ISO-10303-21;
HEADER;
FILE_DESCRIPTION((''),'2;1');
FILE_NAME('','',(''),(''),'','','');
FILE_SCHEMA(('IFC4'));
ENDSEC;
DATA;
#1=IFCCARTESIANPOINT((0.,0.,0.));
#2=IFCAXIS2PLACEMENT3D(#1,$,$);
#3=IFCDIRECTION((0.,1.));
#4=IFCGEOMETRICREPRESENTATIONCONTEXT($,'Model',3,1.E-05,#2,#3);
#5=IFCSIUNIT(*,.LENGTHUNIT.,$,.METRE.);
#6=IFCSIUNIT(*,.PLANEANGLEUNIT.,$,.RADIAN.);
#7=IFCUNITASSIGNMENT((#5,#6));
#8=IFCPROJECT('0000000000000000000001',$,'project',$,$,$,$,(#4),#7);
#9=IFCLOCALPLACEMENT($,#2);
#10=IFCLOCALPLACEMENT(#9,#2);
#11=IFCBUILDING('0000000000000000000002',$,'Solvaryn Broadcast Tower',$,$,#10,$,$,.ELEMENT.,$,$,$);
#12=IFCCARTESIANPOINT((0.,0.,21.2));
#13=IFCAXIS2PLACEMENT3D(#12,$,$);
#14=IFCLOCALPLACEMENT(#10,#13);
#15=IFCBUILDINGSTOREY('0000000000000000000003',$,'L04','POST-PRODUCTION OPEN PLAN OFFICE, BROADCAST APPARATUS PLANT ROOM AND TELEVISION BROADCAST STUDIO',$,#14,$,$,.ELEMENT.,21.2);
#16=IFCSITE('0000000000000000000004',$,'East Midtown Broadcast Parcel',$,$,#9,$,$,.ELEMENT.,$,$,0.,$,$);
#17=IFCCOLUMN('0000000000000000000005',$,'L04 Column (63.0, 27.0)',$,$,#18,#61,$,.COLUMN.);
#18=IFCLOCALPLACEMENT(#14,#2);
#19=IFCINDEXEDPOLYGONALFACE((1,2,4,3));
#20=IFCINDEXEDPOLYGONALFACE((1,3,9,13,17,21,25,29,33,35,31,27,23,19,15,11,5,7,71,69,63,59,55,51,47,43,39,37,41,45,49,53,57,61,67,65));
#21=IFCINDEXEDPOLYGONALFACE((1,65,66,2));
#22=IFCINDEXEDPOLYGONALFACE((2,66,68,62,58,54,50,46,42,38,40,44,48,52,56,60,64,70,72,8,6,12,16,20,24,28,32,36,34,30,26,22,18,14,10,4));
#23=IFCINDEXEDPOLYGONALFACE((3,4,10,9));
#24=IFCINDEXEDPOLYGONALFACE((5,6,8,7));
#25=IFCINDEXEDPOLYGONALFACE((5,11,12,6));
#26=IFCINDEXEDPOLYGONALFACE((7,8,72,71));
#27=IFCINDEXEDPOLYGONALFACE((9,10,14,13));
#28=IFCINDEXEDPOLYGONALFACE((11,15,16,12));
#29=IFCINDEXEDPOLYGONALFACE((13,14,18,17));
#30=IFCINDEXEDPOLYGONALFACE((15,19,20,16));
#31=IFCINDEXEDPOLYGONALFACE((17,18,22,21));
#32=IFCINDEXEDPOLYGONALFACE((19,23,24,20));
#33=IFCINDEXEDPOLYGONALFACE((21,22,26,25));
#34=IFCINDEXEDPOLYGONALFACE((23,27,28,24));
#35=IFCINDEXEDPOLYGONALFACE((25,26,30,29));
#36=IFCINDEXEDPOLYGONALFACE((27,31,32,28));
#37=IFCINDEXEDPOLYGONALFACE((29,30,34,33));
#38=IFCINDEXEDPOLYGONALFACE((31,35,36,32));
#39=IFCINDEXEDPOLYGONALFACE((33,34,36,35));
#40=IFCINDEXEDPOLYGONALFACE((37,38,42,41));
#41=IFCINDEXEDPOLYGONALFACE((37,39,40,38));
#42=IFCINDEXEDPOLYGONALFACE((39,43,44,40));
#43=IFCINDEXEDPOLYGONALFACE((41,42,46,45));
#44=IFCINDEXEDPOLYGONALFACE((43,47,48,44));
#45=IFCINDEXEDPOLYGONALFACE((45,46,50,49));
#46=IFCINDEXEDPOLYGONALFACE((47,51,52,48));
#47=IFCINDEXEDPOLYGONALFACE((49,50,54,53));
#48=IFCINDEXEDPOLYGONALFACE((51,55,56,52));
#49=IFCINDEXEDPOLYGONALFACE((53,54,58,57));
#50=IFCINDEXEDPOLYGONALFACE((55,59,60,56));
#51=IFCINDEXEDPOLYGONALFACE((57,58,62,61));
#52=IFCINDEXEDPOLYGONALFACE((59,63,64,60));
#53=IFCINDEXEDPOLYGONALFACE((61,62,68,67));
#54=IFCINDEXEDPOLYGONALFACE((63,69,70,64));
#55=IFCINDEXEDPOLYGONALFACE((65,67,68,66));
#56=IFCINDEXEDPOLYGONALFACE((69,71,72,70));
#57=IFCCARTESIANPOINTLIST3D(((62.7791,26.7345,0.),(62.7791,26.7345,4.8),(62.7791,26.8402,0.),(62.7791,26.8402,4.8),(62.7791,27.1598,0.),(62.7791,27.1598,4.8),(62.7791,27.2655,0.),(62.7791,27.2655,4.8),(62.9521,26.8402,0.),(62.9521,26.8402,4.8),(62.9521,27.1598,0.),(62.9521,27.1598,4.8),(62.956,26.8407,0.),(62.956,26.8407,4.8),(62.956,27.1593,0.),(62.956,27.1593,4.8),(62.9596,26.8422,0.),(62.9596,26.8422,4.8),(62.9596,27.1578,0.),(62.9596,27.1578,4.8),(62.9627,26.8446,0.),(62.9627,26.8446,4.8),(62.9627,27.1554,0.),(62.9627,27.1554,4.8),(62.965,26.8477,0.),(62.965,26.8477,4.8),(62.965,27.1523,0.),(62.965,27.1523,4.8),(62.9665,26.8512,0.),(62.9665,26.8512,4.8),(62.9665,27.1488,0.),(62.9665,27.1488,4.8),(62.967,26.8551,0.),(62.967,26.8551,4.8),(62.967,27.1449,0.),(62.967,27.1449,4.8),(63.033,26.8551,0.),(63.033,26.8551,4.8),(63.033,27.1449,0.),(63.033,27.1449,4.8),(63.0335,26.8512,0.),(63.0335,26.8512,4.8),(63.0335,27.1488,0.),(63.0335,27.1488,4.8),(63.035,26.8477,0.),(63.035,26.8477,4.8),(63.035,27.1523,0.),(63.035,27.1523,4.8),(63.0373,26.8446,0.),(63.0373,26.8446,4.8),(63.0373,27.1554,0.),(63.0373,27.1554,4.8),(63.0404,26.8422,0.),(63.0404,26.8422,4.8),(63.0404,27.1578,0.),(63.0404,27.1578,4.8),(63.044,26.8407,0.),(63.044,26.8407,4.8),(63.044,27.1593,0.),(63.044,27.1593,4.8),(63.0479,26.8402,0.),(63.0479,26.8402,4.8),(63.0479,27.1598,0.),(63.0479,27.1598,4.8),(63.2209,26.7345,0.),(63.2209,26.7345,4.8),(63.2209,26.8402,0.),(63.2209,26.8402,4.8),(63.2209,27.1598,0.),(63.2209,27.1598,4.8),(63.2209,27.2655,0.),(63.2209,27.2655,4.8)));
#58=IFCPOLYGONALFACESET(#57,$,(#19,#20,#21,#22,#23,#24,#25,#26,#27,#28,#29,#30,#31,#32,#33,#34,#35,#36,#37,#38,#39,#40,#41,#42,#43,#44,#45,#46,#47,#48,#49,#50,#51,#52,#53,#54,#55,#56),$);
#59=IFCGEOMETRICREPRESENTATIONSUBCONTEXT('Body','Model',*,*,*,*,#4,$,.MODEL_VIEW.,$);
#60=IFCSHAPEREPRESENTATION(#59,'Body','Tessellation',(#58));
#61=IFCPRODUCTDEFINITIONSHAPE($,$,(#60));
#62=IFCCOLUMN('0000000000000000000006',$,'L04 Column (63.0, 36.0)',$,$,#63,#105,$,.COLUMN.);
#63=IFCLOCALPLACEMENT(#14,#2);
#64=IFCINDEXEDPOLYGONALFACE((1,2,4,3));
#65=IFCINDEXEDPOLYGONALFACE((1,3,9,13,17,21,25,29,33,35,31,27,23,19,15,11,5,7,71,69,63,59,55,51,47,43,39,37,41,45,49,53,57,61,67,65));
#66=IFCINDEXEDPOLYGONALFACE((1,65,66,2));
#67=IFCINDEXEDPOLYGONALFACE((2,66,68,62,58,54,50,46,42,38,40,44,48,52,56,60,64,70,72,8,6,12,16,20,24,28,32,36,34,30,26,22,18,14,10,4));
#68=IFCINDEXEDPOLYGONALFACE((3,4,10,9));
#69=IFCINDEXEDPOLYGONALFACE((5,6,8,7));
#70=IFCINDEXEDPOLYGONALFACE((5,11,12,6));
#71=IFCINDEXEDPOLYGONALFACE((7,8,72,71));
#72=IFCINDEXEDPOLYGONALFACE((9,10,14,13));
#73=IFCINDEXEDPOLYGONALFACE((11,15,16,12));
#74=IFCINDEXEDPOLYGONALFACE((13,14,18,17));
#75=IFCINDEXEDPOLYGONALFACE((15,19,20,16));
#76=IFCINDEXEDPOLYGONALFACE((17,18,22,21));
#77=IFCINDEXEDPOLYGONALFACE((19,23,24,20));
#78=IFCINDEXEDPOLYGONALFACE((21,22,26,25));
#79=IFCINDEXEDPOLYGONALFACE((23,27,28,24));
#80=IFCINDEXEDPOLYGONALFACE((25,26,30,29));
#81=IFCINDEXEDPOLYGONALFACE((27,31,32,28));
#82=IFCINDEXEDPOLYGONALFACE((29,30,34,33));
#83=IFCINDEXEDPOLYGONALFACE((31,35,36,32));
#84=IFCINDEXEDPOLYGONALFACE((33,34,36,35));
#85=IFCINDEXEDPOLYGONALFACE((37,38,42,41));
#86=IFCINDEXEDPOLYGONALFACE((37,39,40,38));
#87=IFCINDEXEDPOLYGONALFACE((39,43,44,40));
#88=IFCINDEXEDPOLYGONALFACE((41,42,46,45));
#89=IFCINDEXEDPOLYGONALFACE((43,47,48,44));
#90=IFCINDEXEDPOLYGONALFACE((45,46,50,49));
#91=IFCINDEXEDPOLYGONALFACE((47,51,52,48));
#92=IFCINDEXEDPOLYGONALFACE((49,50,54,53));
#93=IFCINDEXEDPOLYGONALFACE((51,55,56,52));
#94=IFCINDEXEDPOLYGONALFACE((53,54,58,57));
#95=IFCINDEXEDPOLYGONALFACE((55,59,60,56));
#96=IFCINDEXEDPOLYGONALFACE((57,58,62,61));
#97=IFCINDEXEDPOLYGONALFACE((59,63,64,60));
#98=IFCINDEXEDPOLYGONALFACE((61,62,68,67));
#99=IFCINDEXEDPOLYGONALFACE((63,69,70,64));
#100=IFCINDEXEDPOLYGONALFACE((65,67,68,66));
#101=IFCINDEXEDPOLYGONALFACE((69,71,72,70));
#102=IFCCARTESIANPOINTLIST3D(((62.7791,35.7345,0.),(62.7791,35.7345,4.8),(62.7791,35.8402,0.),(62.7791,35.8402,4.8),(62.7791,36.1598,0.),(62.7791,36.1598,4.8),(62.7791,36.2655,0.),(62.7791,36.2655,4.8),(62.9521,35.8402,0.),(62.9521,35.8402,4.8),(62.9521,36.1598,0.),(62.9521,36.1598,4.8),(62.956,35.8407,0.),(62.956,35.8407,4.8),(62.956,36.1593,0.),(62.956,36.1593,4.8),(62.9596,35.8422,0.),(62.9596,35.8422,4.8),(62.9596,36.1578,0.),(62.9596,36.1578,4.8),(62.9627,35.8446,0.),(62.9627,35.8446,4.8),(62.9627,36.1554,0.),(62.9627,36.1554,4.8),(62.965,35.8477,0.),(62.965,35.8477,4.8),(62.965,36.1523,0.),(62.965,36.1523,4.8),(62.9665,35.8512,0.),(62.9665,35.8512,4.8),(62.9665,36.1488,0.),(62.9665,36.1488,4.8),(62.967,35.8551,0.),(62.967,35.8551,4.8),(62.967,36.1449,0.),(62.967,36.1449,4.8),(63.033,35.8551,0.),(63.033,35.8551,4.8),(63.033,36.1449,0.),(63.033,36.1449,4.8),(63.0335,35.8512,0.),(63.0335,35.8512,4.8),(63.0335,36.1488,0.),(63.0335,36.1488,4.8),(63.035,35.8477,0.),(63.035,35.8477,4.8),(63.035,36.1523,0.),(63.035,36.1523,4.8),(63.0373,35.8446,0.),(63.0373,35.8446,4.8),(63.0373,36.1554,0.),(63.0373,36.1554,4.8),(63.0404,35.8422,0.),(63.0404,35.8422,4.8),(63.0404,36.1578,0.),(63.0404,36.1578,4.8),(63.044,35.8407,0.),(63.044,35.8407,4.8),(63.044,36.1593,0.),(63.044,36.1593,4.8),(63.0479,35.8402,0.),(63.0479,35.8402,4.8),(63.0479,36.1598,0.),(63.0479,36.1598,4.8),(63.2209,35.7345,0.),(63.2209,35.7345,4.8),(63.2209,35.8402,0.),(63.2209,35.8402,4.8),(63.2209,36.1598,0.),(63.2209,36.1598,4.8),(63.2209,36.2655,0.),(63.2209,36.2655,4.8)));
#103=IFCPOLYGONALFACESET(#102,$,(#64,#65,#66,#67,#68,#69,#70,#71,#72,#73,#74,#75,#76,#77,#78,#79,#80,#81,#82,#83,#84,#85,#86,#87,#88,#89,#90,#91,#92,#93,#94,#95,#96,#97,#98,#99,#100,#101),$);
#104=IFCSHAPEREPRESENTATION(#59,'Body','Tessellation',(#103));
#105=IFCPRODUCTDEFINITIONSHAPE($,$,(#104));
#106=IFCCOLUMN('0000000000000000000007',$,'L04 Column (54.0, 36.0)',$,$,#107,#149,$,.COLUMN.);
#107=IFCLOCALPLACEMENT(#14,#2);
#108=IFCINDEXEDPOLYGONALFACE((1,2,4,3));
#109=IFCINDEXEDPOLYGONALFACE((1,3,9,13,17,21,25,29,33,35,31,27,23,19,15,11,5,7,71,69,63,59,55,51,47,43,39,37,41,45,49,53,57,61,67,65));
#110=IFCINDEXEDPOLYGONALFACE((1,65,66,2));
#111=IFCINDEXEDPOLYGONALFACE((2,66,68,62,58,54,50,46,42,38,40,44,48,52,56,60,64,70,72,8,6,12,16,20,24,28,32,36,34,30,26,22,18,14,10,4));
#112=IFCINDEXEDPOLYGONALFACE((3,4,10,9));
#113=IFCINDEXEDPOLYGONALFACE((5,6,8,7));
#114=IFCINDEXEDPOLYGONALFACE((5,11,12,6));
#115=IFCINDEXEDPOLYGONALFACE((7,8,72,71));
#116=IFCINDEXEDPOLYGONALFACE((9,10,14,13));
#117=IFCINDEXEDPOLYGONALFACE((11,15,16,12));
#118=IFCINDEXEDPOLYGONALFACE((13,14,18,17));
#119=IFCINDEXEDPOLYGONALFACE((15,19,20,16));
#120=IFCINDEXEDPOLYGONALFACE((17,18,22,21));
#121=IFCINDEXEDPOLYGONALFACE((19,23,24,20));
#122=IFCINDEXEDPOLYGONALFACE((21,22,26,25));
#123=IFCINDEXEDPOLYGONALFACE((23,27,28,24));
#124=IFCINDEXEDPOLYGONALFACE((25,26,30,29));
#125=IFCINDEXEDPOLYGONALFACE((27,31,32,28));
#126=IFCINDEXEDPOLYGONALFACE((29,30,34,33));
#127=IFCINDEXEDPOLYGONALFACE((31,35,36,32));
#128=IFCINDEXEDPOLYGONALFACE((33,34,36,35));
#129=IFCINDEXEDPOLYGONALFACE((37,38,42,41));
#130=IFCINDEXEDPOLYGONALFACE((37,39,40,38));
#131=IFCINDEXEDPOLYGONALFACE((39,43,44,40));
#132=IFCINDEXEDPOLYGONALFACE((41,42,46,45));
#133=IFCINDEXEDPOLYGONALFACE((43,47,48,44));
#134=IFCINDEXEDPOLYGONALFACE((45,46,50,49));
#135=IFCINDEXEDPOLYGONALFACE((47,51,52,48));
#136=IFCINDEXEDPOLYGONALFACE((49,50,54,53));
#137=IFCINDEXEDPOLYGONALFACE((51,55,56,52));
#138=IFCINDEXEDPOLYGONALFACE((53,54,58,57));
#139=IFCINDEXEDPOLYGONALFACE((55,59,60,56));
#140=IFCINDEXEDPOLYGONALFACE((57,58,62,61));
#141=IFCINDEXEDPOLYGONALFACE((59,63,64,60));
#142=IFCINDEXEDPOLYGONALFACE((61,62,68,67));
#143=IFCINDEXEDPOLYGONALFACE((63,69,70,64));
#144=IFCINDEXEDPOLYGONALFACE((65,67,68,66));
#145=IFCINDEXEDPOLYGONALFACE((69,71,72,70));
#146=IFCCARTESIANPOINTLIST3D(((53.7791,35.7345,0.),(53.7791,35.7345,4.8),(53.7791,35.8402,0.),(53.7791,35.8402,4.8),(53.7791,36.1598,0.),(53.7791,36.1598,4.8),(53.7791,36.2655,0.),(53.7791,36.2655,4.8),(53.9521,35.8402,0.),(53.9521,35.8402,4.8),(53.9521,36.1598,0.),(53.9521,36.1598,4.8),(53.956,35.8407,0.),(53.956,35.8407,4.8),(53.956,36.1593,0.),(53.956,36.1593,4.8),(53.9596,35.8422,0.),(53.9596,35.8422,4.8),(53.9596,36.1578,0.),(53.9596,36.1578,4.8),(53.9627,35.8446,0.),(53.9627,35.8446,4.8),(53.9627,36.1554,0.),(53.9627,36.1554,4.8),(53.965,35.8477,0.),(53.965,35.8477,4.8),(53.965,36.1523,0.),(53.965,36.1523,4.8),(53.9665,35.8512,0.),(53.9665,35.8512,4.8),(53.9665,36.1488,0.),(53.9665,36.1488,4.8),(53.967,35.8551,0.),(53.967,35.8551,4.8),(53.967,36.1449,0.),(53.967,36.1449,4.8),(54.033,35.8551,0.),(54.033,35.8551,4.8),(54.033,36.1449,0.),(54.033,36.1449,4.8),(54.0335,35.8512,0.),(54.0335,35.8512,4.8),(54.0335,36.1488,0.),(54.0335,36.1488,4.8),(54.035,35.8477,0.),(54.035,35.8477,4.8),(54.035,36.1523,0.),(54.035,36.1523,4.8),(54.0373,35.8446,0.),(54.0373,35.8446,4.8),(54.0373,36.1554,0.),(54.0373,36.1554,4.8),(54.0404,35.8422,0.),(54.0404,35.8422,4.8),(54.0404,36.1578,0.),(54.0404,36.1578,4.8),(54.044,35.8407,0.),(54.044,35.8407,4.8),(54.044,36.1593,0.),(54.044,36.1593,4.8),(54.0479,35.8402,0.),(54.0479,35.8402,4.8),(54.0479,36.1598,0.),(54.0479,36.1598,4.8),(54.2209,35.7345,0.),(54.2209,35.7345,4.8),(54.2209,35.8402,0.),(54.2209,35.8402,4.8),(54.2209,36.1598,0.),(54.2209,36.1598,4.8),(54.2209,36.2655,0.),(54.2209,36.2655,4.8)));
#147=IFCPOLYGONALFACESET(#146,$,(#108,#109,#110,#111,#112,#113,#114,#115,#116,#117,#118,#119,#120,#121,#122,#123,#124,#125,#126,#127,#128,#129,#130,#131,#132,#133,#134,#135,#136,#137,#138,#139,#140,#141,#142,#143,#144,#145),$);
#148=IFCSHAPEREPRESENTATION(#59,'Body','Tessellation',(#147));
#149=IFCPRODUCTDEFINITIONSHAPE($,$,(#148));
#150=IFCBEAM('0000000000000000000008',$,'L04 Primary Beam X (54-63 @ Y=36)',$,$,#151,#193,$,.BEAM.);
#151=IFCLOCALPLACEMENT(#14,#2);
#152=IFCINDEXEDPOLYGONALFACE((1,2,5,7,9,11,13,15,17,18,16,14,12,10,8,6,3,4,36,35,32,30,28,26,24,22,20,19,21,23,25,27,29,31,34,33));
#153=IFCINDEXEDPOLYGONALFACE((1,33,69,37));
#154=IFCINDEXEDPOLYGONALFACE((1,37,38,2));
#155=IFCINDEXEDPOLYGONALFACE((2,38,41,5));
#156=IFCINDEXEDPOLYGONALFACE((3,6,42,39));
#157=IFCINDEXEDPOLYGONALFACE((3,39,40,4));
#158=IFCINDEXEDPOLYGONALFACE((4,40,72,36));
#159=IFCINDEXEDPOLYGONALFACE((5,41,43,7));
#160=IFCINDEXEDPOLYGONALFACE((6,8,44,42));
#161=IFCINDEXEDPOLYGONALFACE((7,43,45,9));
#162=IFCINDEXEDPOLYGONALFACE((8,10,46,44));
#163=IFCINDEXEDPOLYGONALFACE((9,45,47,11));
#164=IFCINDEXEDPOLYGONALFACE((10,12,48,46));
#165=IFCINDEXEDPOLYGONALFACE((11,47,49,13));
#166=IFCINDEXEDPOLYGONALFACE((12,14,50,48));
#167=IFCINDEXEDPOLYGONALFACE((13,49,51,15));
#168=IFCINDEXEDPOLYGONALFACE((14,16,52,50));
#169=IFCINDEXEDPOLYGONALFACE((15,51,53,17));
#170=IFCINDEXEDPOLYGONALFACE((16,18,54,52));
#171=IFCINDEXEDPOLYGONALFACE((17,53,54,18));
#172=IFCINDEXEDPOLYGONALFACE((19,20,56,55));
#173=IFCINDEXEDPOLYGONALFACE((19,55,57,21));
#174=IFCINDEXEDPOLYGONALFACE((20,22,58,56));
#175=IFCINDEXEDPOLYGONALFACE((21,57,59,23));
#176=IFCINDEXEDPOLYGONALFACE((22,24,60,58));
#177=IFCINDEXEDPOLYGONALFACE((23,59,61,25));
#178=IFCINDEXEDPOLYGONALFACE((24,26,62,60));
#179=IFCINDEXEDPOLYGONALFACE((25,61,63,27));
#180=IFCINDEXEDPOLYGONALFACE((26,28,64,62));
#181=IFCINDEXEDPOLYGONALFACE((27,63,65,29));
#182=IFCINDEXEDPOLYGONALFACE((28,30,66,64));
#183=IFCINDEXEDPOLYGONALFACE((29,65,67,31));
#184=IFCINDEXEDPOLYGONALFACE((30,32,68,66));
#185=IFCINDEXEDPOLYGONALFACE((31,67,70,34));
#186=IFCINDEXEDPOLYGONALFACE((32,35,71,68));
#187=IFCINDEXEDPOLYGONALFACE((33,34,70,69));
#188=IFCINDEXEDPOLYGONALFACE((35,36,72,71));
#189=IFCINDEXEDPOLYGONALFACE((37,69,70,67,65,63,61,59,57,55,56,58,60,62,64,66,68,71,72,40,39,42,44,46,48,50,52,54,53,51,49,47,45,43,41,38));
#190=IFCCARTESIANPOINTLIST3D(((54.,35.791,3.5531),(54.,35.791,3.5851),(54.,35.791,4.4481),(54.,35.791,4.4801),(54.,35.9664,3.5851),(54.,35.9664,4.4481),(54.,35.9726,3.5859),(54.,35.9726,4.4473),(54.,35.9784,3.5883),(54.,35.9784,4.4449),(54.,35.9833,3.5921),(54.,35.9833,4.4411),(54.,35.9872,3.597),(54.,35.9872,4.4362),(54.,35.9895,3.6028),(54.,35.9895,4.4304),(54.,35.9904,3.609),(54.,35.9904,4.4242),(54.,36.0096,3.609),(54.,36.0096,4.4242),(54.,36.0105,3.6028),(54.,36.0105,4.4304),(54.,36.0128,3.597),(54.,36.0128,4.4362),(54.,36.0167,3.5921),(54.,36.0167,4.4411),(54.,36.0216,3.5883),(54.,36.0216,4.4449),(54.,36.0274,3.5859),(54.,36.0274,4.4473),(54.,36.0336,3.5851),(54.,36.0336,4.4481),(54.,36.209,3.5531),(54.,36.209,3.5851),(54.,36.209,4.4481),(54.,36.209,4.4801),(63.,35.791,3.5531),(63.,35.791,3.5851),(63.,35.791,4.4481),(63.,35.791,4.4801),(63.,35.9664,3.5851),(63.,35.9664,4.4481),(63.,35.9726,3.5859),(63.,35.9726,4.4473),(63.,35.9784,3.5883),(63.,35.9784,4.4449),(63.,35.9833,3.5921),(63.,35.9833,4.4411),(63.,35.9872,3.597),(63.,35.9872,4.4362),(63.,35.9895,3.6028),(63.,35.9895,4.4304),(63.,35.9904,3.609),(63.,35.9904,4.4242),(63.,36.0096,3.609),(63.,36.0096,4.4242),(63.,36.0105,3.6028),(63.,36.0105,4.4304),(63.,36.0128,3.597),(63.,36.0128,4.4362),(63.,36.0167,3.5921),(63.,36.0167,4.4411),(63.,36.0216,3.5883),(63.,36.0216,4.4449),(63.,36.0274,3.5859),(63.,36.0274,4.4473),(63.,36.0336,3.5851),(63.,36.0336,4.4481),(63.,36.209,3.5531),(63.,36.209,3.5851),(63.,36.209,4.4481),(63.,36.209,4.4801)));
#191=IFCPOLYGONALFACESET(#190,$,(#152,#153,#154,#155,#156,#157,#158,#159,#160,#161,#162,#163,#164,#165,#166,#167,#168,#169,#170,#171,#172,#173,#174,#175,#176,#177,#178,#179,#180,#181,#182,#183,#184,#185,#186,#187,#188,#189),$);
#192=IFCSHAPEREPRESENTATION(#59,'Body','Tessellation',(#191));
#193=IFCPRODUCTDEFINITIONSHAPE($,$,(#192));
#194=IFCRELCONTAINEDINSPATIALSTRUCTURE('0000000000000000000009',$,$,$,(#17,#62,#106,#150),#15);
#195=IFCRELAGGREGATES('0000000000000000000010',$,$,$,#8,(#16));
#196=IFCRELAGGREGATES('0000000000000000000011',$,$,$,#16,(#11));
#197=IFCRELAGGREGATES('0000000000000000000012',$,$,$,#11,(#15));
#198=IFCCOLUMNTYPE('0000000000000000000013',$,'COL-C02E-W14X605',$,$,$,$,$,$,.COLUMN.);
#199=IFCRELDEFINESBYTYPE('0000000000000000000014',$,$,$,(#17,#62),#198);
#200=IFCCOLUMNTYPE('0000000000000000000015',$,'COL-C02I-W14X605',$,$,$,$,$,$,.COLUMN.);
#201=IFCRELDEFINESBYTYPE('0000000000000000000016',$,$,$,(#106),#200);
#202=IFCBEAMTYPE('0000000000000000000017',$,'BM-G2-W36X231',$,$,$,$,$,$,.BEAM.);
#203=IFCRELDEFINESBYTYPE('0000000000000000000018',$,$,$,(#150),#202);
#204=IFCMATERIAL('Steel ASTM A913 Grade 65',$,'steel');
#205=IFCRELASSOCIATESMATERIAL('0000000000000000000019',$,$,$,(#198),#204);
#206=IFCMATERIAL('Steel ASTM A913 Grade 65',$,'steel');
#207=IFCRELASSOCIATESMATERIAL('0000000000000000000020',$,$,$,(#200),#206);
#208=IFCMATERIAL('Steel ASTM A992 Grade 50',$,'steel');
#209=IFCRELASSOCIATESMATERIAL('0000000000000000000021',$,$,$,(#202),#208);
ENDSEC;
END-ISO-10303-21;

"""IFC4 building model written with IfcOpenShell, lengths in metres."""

from ifc_helpers import new_model, si_unit, direction, frame, origin, origin_2d, place, context, subcontext, project, spatial, i_section, extrude, material, material_profile, profile_set, type_object, element, save


model = new_model("IFC4")

# Units and contexts
model_context = context("Model", 3, precision=1e-05, world=origin(), true_north=direction((0.0, 1.0)))
body_context = subcontext(model_context, "Body", "Model", "MODEL_VIEW")
ifc_project = project(units=[si_unit("LENGTHUNIT", "METRE"), si_unit("PLANEANGLEUNIT", "RADIAN")], contexts=[model_context])

# Site, building, storey
site_placement = place(None, origin())
site = spatial("IfcSite", under=ifc_project, at=site_placement, Name="East Midtown Broadcast Parcel", CompositionType="ELEMENT", RefElevation=0.0)
building_placement = place(site_placement, origin())
building = spatial("IfcBuilding", under=site, at=building_placement, Name="Solvaryn Broadcast Tower", CompositionType="ELEMENT")
storey_placement = place(building_placement, frame((0.0, 0.0, 21.2)))
storey = spatial("IfcBuildingStorey", under=building, at=storey_placement, Name="L04", Description="POST-PRODUCTION OPEN PLAN OFFICE, BROADCAST APPARATUS PLANT ROOM AND TELEVISION BROADCAST STUDIO", CompositionType="ELEMENT", Elevation=21.2)

# Columns
ifc_material_1 = material(Name="Steel ASTM A913 Grade 65", Category="steel")
ifc_material_profile_1 = material_profile(ifc_material_1, i_section(OverallWidth=0.4419, OverallDepth=0.531, WebThickness=0.0659, FlangeThickness=0.1057, FilletRadius=0.0149, at=origin_2d()))
ifc_profile_set_1 = profile_set([ifc_material_profile_1], Name="Steel ASTM A913 Grade 65")
column_type_1 = type_object("IfcColumnType", Name="COL-C02E-W14X605", PredefinedType="COLUMN", material=ifc_profile_set_1)
for number, where, z_axis, x_axis, name in (
    (1, (63.0, 27.0, 0.0), (0.0, 0.0, 1.0), (1.0, 0.0, 0.0), "L04 Column (63.0, 27.0)"),
    (2, (63.0, 36.0, 0.0), (0.0, 0.0, 1.0), (1.0, 0.0, 0.0), "L04 Column (63.0, 36.0)"),
):
    element("IfcColumn", number, at=place(storey_placement, frame(where, z_axis=z_axis, x_axis=x_axis)), inside=storey, type_object=column_type_1, Name=name, PredefinedType="COLUMN", context=body_context, shape_type="SweptSolid", body=[
        extrude(i_section(OverallWidth=0.4419, OverallDepth=0.531, WebThickness=0.0659, FlangeThickness=0.1057, FilletRadius=0.0149, at=origin_2d()), origin(), (0.0, 0.0, 1.0), 4.8),
    ])
ifc_material_2 = material(Name="Steel ASTM A913 Grade 65", Category="steel")
ifc_material_profile_2 = material_profile(ifc_material_2, i_section(OverallWidth=0.4419, OverallDepth=0.531, WebThickness=0.0659, FlangeThickness=0.1057, FilletRadius=0.0149, at=origin_2d()))
ifc_profile_set_2 = profile_set([ifc_material_profile_2], Name="Steel ASTM A913 Grade 65")
column_type_2 = type_object("IfcColumnType", Name="COL-C02I-W14X605", PredefinedType="COLUMN", material=ifc_profile_set_2)
column_placement = place(storey_placement, frame((54.0, 36.0, 0.0), z_axis=(0.0, 0.0, 1.0), x_axis=(1.0, 0.0, 0.0)))
element("IfcColumn", 3, at=column_placement, inside=storey, type_object=column_type_2, Name="L04 Column (54.0, 36.0)", PredefinedType="COLUMN", context=body_context, shape_type="SweptSolid", body=[
    extrude(i_section(OverallWidth=0.4419, OverallDepth=0.531, WebThickness=0.0659, FlangeThickness=0.1057, FilletRadius=0.0149, at=origin_2d()), origin(), (0.0, 0.0, 1.0), 4.8),
])

# Beam
ifc_material_3 = material(Name="Steel ASTM A992 Grade 50", Category="steel")
ifc_material_profile_3 = material_profile(ifc_material_3, i_section(OverallWidth=0.418, OverallDepth=0.927, WebThickness=0.0193, FlangeThickness=0.032, FilletRadius=0.0239, at=origin_2d()))
ifc_profile_set_3 = profile_set([ifc_material_profile_3], Name="Steel ASTM A992 Grade 50")
beam_type_1 = type_object("IfcBeamType", Name="BM-G2-W36X231", PredefinedType="BEAM", material=ifc_profile_set_3)
beam_placement = place(storey_placement, frame((54.0, 36.0, 4.0166), z_axis=(1.0, 0.0, 0.0), x_axis=(0.0, 1.0, 0.0)))
element("IfcBeam", 4, at=beam_placement, inside=storey, type_object=beam_type_1, Name="L04 Primary Beam X (54-63 @ Y=36)", PredefinedType="BEAM", context=body_context, shape_type="SweptSolid", body=[
    extrude(i_section(OverallWidth=0.418, OverallDepth=0.927, WebThickness=0.0193, FlangeThickness=0.032, FilletRadius=0.0239, at=origin_2d()), origin(), (0.0, 0.0, 1.0), 9.0),
])

save(model, "model.ifc")
